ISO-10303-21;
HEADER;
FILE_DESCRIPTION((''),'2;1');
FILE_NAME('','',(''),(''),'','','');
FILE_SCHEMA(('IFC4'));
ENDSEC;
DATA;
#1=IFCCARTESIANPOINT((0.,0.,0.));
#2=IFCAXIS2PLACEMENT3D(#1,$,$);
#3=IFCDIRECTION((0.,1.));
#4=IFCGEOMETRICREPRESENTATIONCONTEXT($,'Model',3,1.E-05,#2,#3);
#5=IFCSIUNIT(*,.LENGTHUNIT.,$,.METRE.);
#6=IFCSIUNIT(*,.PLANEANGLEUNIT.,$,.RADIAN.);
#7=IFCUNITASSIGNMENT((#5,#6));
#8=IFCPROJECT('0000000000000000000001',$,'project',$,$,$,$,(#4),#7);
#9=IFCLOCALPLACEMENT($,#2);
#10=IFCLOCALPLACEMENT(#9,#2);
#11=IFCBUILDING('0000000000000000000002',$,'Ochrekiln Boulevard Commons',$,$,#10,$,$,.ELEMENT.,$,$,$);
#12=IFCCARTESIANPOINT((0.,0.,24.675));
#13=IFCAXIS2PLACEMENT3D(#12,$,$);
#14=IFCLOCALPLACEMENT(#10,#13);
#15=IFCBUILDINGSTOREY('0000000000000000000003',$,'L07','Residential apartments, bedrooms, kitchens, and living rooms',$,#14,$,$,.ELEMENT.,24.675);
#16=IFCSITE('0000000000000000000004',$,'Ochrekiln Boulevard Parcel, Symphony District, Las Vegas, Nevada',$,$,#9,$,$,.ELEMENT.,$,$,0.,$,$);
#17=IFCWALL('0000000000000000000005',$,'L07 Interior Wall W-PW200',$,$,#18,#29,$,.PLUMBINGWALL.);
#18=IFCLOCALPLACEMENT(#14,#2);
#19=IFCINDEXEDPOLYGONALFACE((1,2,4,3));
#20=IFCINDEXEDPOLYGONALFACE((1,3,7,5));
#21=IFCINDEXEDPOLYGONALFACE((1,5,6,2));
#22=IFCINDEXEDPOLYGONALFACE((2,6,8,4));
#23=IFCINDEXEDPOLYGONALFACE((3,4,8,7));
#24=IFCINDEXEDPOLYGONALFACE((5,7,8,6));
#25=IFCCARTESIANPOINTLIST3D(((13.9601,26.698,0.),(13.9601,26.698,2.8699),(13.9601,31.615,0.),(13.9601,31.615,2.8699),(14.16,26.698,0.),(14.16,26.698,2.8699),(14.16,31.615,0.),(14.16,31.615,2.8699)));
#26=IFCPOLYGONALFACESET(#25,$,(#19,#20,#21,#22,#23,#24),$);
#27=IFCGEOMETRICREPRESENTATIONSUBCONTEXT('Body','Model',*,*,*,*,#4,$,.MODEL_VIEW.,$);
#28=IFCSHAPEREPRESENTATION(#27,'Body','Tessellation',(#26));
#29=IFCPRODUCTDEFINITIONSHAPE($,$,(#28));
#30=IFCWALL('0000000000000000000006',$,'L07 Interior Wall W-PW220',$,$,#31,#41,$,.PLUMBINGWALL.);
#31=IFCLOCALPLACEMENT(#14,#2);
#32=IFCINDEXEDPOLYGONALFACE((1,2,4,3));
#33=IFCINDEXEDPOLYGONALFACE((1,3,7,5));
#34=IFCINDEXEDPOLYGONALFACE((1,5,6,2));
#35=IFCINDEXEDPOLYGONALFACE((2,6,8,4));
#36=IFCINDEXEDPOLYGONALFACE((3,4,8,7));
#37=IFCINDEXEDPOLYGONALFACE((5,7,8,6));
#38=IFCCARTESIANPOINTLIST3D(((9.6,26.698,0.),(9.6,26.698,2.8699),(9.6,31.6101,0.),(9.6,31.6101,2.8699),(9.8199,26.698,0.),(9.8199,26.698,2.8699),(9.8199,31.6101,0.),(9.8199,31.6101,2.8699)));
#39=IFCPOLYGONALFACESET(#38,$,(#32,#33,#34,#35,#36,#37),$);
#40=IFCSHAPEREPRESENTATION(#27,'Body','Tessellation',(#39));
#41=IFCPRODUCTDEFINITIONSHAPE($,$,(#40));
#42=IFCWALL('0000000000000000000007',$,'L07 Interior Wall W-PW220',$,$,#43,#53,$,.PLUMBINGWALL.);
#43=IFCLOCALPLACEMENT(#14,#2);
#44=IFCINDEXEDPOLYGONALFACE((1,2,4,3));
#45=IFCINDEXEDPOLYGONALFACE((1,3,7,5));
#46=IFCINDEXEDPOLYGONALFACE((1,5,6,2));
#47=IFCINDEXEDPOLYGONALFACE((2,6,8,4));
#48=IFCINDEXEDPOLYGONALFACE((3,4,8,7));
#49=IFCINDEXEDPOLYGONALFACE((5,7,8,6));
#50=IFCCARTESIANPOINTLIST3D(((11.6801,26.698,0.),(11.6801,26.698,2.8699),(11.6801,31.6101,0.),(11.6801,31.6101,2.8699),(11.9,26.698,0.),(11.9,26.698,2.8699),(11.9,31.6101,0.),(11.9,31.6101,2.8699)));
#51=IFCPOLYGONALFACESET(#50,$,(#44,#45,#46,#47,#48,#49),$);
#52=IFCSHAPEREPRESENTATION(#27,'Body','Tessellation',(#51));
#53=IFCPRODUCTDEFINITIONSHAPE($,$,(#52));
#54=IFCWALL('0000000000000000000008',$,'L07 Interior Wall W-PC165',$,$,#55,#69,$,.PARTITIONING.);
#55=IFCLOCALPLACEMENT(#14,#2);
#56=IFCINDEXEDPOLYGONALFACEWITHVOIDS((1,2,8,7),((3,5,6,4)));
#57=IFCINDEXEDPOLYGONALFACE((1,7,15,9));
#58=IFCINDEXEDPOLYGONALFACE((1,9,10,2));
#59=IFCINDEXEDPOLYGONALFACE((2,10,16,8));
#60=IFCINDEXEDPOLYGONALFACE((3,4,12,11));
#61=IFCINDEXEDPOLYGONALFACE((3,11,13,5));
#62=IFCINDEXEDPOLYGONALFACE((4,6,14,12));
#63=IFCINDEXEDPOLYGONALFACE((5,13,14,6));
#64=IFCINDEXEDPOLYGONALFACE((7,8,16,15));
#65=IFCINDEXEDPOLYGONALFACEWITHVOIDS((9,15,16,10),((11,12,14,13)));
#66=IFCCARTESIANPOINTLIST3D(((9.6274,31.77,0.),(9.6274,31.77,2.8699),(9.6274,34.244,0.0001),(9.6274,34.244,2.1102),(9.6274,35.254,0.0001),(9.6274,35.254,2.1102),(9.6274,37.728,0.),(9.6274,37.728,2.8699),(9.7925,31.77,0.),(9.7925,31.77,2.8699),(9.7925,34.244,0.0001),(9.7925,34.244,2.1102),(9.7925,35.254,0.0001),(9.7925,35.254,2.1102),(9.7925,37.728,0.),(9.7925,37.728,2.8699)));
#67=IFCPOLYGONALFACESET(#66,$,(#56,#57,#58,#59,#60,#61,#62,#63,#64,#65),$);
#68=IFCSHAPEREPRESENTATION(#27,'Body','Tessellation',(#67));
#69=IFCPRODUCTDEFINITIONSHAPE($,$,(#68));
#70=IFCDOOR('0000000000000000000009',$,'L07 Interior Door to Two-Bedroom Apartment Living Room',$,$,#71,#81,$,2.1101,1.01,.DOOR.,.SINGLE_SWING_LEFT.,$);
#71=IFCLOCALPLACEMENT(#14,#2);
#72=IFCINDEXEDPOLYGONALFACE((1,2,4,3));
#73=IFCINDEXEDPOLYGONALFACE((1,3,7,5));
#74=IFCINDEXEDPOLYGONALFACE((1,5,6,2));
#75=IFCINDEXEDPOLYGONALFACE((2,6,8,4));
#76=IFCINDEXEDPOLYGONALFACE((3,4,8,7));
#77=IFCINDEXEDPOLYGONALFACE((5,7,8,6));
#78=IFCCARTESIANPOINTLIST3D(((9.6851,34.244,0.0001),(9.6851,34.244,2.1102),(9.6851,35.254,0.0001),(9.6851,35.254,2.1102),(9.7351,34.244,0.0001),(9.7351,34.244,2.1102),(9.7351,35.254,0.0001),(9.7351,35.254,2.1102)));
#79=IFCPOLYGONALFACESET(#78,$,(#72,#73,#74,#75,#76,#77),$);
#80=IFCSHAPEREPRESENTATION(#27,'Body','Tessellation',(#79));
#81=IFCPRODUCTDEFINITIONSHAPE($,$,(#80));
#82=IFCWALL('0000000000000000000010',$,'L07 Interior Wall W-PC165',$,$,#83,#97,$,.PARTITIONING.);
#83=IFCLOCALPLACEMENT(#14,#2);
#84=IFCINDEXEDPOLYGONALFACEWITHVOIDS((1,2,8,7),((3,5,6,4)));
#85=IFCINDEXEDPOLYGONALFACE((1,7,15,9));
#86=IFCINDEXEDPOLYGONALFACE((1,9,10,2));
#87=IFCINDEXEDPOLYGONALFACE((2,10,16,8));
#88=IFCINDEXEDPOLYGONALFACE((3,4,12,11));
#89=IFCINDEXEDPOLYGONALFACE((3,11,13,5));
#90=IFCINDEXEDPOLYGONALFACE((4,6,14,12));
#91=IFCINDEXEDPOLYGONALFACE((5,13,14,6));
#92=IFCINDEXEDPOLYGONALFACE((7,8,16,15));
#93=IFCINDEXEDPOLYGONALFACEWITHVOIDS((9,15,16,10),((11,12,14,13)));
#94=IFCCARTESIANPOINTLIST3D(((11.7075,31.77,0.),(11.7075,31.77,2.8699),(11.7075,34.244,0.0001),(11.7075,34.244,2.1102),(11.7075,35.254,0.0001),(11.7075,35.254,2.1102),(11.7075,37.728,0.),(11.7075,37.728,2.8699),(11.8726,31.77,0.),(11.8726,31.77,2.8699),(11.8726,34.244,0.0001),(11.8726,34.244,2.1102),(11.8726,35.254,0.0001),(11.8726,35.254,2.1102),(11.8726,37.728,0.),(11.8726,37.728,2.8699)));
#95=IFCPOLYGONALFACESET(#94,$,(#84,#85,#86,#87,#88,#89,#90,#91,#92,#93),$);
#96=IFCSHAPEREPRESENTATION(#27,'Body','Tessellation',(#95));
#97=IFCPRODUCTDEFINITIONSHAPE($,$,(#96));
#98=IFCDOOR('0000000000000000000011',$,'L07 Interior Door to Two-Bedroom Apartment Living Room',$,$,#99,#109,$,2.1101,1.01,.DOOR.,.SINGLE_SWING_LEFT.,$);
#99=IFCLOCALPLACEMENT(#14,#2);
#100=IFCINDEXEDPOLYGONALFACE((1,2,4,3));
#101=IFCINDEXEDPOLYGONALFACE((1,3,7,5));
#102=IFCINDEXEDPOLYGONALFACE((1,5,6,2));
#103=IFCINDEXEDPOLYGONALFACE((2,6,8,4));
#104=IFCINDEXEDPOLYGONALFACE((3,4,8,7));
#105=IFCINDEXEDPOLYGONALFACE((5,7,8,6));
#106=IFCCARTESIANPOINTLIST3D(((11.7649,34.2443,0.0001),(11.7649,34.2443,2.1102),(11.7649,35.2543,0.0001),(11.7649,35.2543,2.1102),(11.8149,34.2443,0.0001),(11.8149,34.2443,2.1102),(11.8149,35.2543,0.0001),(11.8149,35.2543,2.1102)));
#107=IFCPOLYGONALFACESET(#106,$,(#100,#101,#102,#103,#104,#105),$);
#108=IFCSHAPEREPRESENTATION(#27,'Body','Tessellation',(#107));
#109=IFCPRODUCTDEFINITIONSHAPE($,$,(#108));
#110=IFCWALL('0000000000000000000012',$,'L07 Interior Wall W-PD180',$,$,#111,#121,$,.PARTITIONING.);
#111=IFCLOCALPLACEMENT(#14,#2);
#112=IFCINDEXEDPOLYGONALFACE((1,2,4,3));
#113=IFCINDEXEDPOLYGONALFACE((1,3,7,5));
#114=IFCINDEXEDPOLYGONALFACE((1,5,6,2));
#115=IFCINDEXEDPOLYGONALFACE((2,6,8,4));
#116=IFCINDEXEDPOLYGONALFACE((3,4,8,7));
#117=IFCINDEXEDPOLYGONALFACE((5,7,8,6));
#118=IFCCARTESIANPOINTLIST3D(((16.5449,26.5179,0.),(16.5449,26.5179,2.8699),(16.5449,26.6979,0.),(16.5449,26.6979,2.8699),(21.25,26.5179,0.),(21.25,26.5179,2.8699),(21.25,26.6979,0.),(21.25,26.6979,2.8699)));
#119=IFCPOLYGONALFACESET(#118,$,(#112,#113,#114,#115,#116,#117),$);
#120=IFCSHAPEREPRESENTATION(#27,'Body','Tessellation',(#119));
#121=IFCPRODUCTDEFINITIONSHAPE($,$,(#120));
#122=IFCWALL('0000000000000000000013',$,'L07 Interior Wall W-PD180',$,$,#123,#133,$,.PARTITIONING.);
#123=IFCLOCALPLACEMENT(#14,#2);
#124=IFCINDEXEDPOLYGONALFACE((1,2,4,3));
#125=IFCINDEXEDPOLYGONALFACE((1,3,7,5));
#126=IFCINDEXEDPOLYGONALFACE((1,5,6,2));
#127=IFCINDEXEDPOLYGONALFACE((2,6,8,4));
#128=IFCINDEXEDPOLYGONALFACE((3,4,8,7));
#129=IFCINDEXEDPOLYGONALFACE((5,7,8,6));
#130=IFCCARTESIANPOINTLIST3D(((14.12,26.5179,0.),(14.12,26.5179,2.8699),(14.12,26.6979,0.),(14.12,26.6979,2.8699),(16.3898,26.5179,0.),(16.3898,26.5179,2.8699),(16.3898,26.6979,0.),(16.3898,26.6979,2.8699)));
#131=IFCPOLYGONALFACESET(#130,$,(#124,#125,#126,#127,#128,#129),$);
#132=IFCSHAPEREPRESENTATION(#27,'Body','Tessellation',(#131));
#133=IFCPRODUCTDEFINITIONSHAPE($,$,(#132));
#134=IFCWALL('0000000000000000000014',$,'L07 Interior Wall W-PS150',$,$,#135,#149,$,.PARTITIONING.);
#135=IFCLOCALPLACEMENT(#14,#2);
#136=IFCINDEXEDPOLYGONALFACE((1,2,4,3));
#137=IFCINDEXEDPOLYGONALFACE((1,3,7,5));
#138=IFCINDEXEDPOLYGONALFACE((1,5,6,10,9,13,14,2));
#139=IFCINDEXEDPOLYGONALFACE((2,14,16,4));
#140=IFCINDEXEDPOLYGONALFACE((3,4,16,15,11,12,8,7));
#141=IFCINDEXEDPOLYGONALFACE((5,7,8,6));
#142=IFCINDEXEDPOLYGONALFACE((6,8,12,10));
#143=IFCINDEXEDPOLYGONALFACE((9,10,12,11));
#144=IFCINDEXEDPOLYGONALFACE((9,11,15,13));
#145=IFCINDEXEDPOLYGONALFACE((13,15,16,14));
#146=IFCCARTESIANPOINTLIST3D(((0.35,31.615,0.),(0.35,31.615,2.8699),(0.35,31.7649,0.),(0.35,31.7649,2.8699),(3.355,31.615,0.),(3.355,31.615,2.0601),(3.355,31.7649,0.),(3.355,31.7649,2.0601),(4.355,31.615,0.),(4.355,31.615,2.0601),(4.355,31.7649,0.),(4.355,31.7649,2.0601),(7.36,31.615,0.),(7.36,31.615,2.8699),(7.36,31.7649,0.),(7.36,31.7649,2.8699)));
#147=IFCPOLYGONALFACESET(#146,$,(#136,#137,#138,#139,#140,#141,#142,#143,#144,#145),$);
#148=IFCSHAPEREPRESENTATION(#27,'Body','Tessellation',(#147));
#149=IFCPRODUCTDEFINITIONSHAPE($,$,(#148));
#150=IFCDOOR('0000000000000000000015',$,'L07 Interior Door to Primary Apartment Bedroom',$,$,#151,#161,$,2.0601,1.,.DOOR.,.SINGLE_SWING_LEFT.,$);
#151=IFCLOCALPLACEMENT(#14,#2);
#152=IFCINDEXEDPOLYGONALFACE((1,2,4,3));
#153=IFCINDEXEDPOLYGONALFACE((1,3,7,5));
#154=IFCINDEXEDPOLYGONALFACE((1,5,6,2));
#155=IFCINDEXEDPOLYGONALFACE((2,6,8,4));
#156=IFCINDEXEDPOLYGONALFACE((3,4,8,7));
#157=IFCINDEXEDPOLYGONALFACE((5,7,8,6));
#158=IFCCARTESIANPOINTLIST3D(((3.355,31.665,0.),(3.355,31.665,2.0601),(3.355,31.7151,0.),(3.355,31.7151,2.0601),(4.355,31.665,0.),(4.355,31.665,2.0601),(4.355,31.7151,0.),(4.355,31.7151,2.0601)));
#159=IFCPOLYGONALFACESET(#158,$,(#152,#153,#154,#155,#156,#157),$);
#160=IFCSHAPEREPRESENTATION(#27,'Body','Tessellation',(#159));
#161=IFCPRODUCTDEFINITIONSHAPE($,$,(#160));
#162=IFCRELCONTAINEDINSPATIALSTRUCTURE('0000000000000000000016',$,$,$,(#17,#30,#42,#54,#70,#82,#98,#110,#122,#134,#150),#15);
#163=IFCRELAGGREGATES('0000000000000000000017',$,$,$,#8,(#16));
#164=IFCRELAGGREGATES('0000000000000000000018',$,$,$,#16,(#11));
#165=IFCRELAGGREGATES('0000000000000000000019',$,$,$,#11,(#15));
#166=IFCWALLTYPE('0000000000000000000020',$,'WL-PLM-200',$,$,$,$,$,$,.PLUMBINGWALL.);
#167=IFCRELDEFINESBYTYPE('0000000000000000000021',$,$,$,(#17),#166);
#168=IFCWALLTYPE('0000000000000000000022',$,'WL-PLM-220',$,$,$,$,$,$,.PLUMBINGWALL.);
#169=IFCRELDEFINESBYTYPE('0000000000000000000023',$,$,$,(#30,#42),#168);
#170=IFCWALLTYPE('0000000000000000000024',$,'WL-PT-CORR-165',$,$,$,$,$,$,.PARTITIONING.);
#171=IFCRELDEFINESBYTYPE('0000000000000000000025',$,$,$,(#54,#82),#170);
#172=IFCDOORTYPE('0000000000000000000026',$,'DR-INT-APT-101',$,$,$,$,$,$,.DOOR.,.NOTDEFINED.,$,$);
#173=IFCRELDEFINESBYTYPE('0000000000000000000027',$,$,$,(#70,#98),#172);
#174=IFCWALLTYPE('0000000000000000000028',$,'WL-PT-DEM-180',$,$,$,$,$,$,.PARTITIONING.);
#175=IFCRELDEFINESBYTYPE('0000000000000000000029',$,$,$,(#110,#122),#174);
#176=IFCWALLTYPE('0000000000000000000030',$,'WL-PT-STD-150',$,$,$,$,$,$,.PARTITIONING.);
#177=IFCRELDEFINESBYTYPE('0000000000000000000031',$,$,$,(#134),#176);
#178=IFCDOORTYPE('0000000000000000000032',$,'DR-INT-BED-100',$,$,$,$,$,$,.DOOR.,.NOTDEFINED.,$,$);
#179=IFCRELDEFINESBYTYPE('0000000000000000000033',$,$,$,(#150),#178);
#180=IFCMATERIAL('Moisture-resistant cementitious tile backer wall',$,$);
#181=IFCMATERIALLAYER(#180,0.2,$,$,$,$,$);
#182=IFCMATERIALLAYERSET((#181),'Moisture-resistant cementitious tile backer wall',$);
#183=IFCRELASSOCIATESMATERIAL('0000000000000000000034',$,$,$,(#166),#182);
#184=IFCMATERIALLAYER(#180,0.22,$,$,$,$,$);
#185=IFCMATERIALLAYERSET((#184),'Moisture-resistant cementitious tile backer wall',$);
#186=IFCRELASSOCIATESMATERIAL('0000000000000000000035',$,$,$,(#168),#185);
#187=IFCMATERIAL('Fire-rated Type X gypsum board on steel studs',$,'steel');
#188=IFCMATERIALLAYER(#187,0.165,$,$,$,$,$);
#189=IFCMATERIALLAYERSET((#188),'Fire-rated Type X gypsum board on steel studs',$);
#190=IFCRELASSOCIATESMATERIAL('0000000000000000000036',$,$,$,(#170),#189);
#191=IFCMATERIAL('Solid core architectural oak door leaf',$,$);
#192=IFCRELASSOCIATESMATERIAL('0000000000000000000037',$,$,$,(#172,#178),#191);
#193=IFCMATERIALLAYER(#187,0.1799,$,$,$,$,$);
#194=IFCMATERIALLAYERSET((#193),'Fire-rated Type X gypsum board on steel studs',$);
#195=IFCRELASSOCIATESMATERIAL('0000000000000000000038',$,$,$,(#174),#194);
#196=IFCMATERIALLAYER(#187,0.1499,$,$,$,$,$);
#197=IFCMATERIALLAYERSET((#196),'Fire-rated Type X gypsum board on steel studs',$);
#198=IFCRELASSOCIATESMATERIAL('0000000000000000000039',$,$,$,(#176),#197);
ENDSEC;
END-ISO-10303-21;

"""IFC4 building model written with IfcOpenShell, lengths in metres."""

from ifc_helpers import new_model, si_unit, direction, frame, frame_2d, origin, place, context, subcontext, project, spatial, rectangle, extrude, material, layer, layer_set, type_object, element, fill, save


model = new_model("IFC4")

# Units and contexts
model_context = context("Model", 3, precision=1e-05, world=origin(), true_north=direction((0.0, 1.0)))
body_context = subcontext(model_context, "Body", "Model", "MODEL_VIEW")
ifc_project = project(units=[si_unit("LENGTHUNIT", "METRE"), si_unit("PLANEANGLEUNIT", "RADIAN")], contexts=[model_context])

# Site, building, storey
site_placement = place(None, origin())
site = spatial("IfcSite", under=ifc_project, at=site_placement, Name="Ochrekiln Boulevard Parcel, Symphony District, Las Vegas, Nevada", CompositionType="ELEMENT", RefElevation=0.0)
building_placement = place(site_placement, origin())
building = spatial("IfcBuilding", under=site, at=building_placement, Name="Ochrekiln Boulevard Commons", CompositionType="ELEMENT")
storey_placement = place(building_placement, frame((0.0, 0.0, 24.675)))
storey = spatial("IfcBuildingStorey", under=building, at=storey_placement, Name="L07", Description="Residential apartments, bedrooms, kitchens, and living rooms", CompositionType="ELEMENT", Elevation=24.675)

# Shared definitions
ifc_material_1 = material(Name="Moisture-resistant cementitious tile backer wall")
ifc_layer_1 = layer(ifc_material_1, 0.2)
ifc_layer_set_1 = layer_set([ifc_layer_1], Name="Moisture-resistant cementitious tile backer wall")
wall_type_1 = type_object("IfcWallType", Name="WL-PLM-200", PredefinedType="PLUMBINGWALL", material=ifc_layer_set_1)
ifc_material_2 = material(Name="Solid core architectural oak door leaf")

# Walls
wall_1_placement = place(storey_placement, frame((14.0601, 26.698, 0.0), z_axis=(0.0, 0.0, 1.0), x_axis=(0.0, 1.0, 0.0)))
element("IfcWall", 1, at=wall_1_placement, inside=storey, type_object=wall_type_1, Name="L07 Interior Wall W-PW200", PredefinedType="PLUMBINGWALL", context=body_context, shape_type="SweptSolid", body=[
    extrude(rectangle(XDim=4.917, YDim=0.2, at=frame_2d((2.4585, 0.0))), origin(), (0.0, 0.0, 1.0), 2.8699),
])
ifc_layer_2 = layer(ifc_material_1, 0.22)
ifc_layer_set_2 = layer_set([ifc_layer_2], Name="Moisture-resistant cementitious tile backer wall")
wall_type_2 = type_object("IfcWallType", Name="WL-PLM-220", PredefinedType="PLUMBINGWALL", material=ifc_layer_set_2)
for number, where, z_axis, x_axis, name in (
    (2, (9.71, 26.698, 0.0), (0.0, 0.0, 1.0), (0.0, 1.0, 0.0), "L07 Interior Wall W-PW220"),
    (3, (11.79, 26.698, 0.0), (0.0, 0.0, 1.0), (0.0, 1.0, 0.0), "L07 Interior Wall W-PW220"),
):
    element("IfcWall", number, at=place(storey_placement, frame(where, z_axis=z_axis, x_axis=x_axis)), inside=storey, type_object=wall_type_2, Name=name, PredefinedType="PLUMBINGWALL", context=body_context, shape_type="SweptSolid", body=[
        extrude(rectangle(XDim=4.9121, YDim=0.22, at=frame_2d((2.4561, 0.0))), origin(), (0.0, 0.0, 1.0), 2.8699),
    ])

# Walls, openings, doors
ifc_material_3 = material(Name="Fire-rated Type X gypsum board on steel studs", Category="steel")
ifc_layer_3 = layer(ifc_material_3, 0.165)
ifc_layer_set_3 = layer_set([ifc_layer_3], Name="Fire-rated Type X gypsum board on steel studs")
wall_type_3 = type_object("IfcWallType", Name="WL-PT-CORR-165", PredefinedType="PARTITIONING", material=ifc_layer_set_3)
wall_2_placement = place(storey_placement, frame((9.71, 31.77, 0.0), z_axis=(0.0, 0.0, 1.0), x_axis=(0.0, 1.0, 0.0)))
wall_2 = element("IfcWall", 4, at=wall_2_placement, inside=storey, type_object=wall_type_3, Name="L07 Interior Wall W-PC165", PredefinedType="PARTITIONING", context=body_context, shape_type="SweptSolid", body=[
    extrude(rectangle(XDim=5.958, YDim=0.165, at=frame_2d((2.979, 0.0))), origin(), (0.0, 0.0, 1.0), 2.8699),
])
opening_1_placement = place(wall_2_placement, frame((2.4741, 0.0, 0.0)))
opening_1 = element("IfcOpeningElement", 5, at=opening_1_placement, cuts=wall_2, PredefinedType="OPENING", context=body_context, shape_type="SweptSolid", body=[
    extrude(rectangle(XDim=1.01, YDim=2.1101, at=frame_2d((0.5049, 1.0552))), frame((0.0, 0.0925, 0.0), z_axis=(0.0, -1.0, 0.0), x_axis=(1.0, 0.0, 0.0)), (0.0, 0.0, 1.0), 0.1851),
])
door_type_1 = type_object("IfcDoorType", Name="DR-INT-APT-101", OperationType="NOTDEFINED", PredefinedType="DOOR", material=ifc_material_2)
door_1_placement = place(opening_1_placement, origin())
door_1 = element("IfcDoor", 6, at=door_1_placement, inside=storey, type_object=door_type_1, Name="L07 Interior Door to Two-Bedroom Apartment Living Room", OperationType="SINGLE_SWING_LEFT", OverallHeight=2.1101, OverallWidth=1.01, PredefinedType="DOOR", context=body_context, shape_type="SweptSolid", body=[
    extrude(rectangle(XDim=1.01, YDim=2.1101, at=frame_2d((0.5049, 1.0552))), frame((0.0, 0.0249, 0.0), z_axis=(0.0, -1.0, 0.0), x_axis=(1.0, 0.0, 0.0)), (0.0, 0.0, 1.0), 0.05),
])
fill(opening_1, door_1)
wall_3_placement = place(storey_placement, frame((11.79, 31.77, 0.0), z_axis=(0.0, 0.0, 1.0), x_axis=(0.0, 1.0, 0.0)))
wall_3 = element("IfcWall", 7, at=wall_3_placement, inside=storey, type_object=wall_type_3, Name="L07 Interior Wall W-PC165", PredefinedType="PARTITIONING", context=body_context, shape_type="SweptSolid", body=[
    extrude(rectangle(XDim=5.958, YDim=0.165, at=frame_2d((2.979, 0.0))), origin(), (0.0, 0.0, 1.0), 2.8699),
])
opening_2_placement = place(wall_3_placement, frame((2.4741, 0.0, 0.0)))
opening_2 = element("IfcOpeningElement", 8, at=opening_2_placement, cuts=wall_3, PredefinedType="OPENING", context=body_context, shape_type="SweptSolid", body=[
    extrude(rectangle(XDim=1.01, YDim=2.1101, at=frame_2d((0.5049, 1.0552))), frame((0.0, 0.0925, 0.0), z_axis=(0.0, -1.0, 0.0), x_axis=(1.0, 0.0, 0.0)), (0.0, 0.0, 1.0), 0.1851),
])
door_2_placement = place(opening_2_placement, frame((1.01, 0.0, 0.0), z_axis=(0.0, 0.0, 1.0), x_axis=(-1.0, 0.0, 0.0)))
door_2 = element("IfcDoor", 9, at=door_2_placement, inside=storey, type_object=door_type_1, Name="L07 Interior Door to Two-Bedroom Apartment Living Room", OperationType="SINGLE_SWING_LEFT", OverallHeight=2.1101, OverallWidth=1.01, PredefinedType="DOOR", context=body_context, shape_type="SweptSolid", body=[
    extrude(rectangle(XDim=1.01, YDim=2.1101, at=frame_2d((0.5049, 1.0552))), frame((0.0, 0.0249, 0.0), z_axis=(0.0, -1.0, 0.0), x_axis=(1.0, 0.0, 0.0)), (0.0, 0.0, 1.0), 0.05),
])
fill(opening_2, door_2)

# Walls
ifc_layer_4 = layer(ifc_material_3, 0.1799)
ifc_layer_set_4 = layer_set([ifc_layer_4], Name="Fire-rated Type X gypsum board on steel studs")
wall_type_4 = type_object("IfcWallType", Name="WL-PT-DEM-180", PredefinedType="PARTITIONING", material=ifc_layer_set_4)
wall_4_placement = place(storey_placement, frame((16.5449, 26.6079, 0.0), z_axis=(0.0, 0.0, 1.0), x_axis=(1.0, 0.0, 0.0)))
element("IfcWall", 10, at=wall_4_placement, inside=storey, type_object=wall_type_4, Name="L07 Interior Wall W-PD180", PredefinedType="PARTITIONING", context=body_context, shape_type="SweptSolid", body=[
    extrude(rectangle(XDim=4.7051, YDim=0.1799, at=frame_2d((2.3525, 0.0))), origin(), (0.0, 0.0, 1.0), 2.8699),
])
wall_5_placement = place(storey_placement, frame((14.1201, 26.6079, 0.0), z_axis=(0.0, 0.0, 1.0), x_axis=(1.0, 0.0, 0.0)))
element("IfcWall", 11, at=wall_5_placement, inside=storey, type_object=wall_type_4, Name="L07 Interior Wall W-PD180", PredefinedType="PARTITIONING", context=body_context, shape_type="SweptSolid", body=[
    extrude(rectangle(XDim=2.2698, YDim=0.1799, at=frame_2d((1.1348, 0.0))), origin(), (0.0, 0.0, 1.0), 2.8699),
])

# Wall, opening, door
ifc_layer_5 = layer(ifc_material_3, 0.1499)
ifc_layer_set_5 = layer_set([ifc_layer_5], Name="Fire-rated Type X gypsum board on steel studs")
wall_type_5 = type_object("IfcWallType", Name="WL-PT-STD-150", PredefinedType="PARTITIONING", material=ifc_layer_set_5)
wall_6_placement = place(storey_placement, frame((0.3501, 31.6899, 0.0), z_axis=(0.0, 0.0, 1.0), x_axis=(1.0, 0.0, 0.0)))
wall_6 = element("IfcWall", 12, at=wall_6_placement, inside=storey, type_object=wall_type_5, Name="L07 Interior Wall W-PS150", PredefinedType="PARTITIONING", context=body_context, shape_type="SweptSolid", body=[
    extrude(rectangle(XDim=7.01, YDim=0.1499, at=frame_2d((3.5049, 0.0))), origin(), (0.0, 0.0, 1.0), 2.8699),
])
opening_3_placement = place(wall_6_placement, frame((3.0049, 0.0, 0.0)))
opening_3 = element("IfcOpeningElement", 13, at=opening_3_placement, cuts=wall_6, PredefinedType="OPENING", context=body_context, shape_type="SweptSolid", body=[
    extrude(rectangle(XDim=1.0, YDim=2.0601, at=frame_2d((0.5, 1.03))), frame((0.0, 0.085, 0.0), z_axis=(0.0, -1.0, 0.0), x_axis=(1.0, 0.0, 0.0)), (0.0, 0.0, 1.0), 0.1699),
])
door_type_2 = type_object("IfcDoorType", Name="DR-INT-BED-100", OperationType="NOTDEFINED", PredefinedType="DOOR", material=ifc_material_2)
door_3_placement = place(opening_3_placement, frame((1.0, 0.0, 0.0), z_axis=(0.0, 0.0, 1.0), x_axis=(-1.0, 0.0, 0.0)))
door_3 = element("IfcDoor", 14, at=door_3_placement, inside=storey, type_object=door_type_2, Name="L07 Interior Door to Primary Apartment Bedroom", OperationType="SINGLE_SWING_LEFT", OverallHeight=2.0601, OverallWidth=1.0, PredefinedType="DOOR", context=body_context, shape_type="SweptSolid", body=[
    extrude(rectangle(XDim=1.0, YDim=2.0601, at=frame_2d((0.5, 1.03))), frame((0.0, 0.0249, 0.0), z_axis=(0.0, -1.0, 0.0), x_axis=(1.0, 0.0, 0.0)), (0.0, 0.0, 1.0), 0.05),
])
fill(opening_3, door_3)

save(model, "model.ifc")
